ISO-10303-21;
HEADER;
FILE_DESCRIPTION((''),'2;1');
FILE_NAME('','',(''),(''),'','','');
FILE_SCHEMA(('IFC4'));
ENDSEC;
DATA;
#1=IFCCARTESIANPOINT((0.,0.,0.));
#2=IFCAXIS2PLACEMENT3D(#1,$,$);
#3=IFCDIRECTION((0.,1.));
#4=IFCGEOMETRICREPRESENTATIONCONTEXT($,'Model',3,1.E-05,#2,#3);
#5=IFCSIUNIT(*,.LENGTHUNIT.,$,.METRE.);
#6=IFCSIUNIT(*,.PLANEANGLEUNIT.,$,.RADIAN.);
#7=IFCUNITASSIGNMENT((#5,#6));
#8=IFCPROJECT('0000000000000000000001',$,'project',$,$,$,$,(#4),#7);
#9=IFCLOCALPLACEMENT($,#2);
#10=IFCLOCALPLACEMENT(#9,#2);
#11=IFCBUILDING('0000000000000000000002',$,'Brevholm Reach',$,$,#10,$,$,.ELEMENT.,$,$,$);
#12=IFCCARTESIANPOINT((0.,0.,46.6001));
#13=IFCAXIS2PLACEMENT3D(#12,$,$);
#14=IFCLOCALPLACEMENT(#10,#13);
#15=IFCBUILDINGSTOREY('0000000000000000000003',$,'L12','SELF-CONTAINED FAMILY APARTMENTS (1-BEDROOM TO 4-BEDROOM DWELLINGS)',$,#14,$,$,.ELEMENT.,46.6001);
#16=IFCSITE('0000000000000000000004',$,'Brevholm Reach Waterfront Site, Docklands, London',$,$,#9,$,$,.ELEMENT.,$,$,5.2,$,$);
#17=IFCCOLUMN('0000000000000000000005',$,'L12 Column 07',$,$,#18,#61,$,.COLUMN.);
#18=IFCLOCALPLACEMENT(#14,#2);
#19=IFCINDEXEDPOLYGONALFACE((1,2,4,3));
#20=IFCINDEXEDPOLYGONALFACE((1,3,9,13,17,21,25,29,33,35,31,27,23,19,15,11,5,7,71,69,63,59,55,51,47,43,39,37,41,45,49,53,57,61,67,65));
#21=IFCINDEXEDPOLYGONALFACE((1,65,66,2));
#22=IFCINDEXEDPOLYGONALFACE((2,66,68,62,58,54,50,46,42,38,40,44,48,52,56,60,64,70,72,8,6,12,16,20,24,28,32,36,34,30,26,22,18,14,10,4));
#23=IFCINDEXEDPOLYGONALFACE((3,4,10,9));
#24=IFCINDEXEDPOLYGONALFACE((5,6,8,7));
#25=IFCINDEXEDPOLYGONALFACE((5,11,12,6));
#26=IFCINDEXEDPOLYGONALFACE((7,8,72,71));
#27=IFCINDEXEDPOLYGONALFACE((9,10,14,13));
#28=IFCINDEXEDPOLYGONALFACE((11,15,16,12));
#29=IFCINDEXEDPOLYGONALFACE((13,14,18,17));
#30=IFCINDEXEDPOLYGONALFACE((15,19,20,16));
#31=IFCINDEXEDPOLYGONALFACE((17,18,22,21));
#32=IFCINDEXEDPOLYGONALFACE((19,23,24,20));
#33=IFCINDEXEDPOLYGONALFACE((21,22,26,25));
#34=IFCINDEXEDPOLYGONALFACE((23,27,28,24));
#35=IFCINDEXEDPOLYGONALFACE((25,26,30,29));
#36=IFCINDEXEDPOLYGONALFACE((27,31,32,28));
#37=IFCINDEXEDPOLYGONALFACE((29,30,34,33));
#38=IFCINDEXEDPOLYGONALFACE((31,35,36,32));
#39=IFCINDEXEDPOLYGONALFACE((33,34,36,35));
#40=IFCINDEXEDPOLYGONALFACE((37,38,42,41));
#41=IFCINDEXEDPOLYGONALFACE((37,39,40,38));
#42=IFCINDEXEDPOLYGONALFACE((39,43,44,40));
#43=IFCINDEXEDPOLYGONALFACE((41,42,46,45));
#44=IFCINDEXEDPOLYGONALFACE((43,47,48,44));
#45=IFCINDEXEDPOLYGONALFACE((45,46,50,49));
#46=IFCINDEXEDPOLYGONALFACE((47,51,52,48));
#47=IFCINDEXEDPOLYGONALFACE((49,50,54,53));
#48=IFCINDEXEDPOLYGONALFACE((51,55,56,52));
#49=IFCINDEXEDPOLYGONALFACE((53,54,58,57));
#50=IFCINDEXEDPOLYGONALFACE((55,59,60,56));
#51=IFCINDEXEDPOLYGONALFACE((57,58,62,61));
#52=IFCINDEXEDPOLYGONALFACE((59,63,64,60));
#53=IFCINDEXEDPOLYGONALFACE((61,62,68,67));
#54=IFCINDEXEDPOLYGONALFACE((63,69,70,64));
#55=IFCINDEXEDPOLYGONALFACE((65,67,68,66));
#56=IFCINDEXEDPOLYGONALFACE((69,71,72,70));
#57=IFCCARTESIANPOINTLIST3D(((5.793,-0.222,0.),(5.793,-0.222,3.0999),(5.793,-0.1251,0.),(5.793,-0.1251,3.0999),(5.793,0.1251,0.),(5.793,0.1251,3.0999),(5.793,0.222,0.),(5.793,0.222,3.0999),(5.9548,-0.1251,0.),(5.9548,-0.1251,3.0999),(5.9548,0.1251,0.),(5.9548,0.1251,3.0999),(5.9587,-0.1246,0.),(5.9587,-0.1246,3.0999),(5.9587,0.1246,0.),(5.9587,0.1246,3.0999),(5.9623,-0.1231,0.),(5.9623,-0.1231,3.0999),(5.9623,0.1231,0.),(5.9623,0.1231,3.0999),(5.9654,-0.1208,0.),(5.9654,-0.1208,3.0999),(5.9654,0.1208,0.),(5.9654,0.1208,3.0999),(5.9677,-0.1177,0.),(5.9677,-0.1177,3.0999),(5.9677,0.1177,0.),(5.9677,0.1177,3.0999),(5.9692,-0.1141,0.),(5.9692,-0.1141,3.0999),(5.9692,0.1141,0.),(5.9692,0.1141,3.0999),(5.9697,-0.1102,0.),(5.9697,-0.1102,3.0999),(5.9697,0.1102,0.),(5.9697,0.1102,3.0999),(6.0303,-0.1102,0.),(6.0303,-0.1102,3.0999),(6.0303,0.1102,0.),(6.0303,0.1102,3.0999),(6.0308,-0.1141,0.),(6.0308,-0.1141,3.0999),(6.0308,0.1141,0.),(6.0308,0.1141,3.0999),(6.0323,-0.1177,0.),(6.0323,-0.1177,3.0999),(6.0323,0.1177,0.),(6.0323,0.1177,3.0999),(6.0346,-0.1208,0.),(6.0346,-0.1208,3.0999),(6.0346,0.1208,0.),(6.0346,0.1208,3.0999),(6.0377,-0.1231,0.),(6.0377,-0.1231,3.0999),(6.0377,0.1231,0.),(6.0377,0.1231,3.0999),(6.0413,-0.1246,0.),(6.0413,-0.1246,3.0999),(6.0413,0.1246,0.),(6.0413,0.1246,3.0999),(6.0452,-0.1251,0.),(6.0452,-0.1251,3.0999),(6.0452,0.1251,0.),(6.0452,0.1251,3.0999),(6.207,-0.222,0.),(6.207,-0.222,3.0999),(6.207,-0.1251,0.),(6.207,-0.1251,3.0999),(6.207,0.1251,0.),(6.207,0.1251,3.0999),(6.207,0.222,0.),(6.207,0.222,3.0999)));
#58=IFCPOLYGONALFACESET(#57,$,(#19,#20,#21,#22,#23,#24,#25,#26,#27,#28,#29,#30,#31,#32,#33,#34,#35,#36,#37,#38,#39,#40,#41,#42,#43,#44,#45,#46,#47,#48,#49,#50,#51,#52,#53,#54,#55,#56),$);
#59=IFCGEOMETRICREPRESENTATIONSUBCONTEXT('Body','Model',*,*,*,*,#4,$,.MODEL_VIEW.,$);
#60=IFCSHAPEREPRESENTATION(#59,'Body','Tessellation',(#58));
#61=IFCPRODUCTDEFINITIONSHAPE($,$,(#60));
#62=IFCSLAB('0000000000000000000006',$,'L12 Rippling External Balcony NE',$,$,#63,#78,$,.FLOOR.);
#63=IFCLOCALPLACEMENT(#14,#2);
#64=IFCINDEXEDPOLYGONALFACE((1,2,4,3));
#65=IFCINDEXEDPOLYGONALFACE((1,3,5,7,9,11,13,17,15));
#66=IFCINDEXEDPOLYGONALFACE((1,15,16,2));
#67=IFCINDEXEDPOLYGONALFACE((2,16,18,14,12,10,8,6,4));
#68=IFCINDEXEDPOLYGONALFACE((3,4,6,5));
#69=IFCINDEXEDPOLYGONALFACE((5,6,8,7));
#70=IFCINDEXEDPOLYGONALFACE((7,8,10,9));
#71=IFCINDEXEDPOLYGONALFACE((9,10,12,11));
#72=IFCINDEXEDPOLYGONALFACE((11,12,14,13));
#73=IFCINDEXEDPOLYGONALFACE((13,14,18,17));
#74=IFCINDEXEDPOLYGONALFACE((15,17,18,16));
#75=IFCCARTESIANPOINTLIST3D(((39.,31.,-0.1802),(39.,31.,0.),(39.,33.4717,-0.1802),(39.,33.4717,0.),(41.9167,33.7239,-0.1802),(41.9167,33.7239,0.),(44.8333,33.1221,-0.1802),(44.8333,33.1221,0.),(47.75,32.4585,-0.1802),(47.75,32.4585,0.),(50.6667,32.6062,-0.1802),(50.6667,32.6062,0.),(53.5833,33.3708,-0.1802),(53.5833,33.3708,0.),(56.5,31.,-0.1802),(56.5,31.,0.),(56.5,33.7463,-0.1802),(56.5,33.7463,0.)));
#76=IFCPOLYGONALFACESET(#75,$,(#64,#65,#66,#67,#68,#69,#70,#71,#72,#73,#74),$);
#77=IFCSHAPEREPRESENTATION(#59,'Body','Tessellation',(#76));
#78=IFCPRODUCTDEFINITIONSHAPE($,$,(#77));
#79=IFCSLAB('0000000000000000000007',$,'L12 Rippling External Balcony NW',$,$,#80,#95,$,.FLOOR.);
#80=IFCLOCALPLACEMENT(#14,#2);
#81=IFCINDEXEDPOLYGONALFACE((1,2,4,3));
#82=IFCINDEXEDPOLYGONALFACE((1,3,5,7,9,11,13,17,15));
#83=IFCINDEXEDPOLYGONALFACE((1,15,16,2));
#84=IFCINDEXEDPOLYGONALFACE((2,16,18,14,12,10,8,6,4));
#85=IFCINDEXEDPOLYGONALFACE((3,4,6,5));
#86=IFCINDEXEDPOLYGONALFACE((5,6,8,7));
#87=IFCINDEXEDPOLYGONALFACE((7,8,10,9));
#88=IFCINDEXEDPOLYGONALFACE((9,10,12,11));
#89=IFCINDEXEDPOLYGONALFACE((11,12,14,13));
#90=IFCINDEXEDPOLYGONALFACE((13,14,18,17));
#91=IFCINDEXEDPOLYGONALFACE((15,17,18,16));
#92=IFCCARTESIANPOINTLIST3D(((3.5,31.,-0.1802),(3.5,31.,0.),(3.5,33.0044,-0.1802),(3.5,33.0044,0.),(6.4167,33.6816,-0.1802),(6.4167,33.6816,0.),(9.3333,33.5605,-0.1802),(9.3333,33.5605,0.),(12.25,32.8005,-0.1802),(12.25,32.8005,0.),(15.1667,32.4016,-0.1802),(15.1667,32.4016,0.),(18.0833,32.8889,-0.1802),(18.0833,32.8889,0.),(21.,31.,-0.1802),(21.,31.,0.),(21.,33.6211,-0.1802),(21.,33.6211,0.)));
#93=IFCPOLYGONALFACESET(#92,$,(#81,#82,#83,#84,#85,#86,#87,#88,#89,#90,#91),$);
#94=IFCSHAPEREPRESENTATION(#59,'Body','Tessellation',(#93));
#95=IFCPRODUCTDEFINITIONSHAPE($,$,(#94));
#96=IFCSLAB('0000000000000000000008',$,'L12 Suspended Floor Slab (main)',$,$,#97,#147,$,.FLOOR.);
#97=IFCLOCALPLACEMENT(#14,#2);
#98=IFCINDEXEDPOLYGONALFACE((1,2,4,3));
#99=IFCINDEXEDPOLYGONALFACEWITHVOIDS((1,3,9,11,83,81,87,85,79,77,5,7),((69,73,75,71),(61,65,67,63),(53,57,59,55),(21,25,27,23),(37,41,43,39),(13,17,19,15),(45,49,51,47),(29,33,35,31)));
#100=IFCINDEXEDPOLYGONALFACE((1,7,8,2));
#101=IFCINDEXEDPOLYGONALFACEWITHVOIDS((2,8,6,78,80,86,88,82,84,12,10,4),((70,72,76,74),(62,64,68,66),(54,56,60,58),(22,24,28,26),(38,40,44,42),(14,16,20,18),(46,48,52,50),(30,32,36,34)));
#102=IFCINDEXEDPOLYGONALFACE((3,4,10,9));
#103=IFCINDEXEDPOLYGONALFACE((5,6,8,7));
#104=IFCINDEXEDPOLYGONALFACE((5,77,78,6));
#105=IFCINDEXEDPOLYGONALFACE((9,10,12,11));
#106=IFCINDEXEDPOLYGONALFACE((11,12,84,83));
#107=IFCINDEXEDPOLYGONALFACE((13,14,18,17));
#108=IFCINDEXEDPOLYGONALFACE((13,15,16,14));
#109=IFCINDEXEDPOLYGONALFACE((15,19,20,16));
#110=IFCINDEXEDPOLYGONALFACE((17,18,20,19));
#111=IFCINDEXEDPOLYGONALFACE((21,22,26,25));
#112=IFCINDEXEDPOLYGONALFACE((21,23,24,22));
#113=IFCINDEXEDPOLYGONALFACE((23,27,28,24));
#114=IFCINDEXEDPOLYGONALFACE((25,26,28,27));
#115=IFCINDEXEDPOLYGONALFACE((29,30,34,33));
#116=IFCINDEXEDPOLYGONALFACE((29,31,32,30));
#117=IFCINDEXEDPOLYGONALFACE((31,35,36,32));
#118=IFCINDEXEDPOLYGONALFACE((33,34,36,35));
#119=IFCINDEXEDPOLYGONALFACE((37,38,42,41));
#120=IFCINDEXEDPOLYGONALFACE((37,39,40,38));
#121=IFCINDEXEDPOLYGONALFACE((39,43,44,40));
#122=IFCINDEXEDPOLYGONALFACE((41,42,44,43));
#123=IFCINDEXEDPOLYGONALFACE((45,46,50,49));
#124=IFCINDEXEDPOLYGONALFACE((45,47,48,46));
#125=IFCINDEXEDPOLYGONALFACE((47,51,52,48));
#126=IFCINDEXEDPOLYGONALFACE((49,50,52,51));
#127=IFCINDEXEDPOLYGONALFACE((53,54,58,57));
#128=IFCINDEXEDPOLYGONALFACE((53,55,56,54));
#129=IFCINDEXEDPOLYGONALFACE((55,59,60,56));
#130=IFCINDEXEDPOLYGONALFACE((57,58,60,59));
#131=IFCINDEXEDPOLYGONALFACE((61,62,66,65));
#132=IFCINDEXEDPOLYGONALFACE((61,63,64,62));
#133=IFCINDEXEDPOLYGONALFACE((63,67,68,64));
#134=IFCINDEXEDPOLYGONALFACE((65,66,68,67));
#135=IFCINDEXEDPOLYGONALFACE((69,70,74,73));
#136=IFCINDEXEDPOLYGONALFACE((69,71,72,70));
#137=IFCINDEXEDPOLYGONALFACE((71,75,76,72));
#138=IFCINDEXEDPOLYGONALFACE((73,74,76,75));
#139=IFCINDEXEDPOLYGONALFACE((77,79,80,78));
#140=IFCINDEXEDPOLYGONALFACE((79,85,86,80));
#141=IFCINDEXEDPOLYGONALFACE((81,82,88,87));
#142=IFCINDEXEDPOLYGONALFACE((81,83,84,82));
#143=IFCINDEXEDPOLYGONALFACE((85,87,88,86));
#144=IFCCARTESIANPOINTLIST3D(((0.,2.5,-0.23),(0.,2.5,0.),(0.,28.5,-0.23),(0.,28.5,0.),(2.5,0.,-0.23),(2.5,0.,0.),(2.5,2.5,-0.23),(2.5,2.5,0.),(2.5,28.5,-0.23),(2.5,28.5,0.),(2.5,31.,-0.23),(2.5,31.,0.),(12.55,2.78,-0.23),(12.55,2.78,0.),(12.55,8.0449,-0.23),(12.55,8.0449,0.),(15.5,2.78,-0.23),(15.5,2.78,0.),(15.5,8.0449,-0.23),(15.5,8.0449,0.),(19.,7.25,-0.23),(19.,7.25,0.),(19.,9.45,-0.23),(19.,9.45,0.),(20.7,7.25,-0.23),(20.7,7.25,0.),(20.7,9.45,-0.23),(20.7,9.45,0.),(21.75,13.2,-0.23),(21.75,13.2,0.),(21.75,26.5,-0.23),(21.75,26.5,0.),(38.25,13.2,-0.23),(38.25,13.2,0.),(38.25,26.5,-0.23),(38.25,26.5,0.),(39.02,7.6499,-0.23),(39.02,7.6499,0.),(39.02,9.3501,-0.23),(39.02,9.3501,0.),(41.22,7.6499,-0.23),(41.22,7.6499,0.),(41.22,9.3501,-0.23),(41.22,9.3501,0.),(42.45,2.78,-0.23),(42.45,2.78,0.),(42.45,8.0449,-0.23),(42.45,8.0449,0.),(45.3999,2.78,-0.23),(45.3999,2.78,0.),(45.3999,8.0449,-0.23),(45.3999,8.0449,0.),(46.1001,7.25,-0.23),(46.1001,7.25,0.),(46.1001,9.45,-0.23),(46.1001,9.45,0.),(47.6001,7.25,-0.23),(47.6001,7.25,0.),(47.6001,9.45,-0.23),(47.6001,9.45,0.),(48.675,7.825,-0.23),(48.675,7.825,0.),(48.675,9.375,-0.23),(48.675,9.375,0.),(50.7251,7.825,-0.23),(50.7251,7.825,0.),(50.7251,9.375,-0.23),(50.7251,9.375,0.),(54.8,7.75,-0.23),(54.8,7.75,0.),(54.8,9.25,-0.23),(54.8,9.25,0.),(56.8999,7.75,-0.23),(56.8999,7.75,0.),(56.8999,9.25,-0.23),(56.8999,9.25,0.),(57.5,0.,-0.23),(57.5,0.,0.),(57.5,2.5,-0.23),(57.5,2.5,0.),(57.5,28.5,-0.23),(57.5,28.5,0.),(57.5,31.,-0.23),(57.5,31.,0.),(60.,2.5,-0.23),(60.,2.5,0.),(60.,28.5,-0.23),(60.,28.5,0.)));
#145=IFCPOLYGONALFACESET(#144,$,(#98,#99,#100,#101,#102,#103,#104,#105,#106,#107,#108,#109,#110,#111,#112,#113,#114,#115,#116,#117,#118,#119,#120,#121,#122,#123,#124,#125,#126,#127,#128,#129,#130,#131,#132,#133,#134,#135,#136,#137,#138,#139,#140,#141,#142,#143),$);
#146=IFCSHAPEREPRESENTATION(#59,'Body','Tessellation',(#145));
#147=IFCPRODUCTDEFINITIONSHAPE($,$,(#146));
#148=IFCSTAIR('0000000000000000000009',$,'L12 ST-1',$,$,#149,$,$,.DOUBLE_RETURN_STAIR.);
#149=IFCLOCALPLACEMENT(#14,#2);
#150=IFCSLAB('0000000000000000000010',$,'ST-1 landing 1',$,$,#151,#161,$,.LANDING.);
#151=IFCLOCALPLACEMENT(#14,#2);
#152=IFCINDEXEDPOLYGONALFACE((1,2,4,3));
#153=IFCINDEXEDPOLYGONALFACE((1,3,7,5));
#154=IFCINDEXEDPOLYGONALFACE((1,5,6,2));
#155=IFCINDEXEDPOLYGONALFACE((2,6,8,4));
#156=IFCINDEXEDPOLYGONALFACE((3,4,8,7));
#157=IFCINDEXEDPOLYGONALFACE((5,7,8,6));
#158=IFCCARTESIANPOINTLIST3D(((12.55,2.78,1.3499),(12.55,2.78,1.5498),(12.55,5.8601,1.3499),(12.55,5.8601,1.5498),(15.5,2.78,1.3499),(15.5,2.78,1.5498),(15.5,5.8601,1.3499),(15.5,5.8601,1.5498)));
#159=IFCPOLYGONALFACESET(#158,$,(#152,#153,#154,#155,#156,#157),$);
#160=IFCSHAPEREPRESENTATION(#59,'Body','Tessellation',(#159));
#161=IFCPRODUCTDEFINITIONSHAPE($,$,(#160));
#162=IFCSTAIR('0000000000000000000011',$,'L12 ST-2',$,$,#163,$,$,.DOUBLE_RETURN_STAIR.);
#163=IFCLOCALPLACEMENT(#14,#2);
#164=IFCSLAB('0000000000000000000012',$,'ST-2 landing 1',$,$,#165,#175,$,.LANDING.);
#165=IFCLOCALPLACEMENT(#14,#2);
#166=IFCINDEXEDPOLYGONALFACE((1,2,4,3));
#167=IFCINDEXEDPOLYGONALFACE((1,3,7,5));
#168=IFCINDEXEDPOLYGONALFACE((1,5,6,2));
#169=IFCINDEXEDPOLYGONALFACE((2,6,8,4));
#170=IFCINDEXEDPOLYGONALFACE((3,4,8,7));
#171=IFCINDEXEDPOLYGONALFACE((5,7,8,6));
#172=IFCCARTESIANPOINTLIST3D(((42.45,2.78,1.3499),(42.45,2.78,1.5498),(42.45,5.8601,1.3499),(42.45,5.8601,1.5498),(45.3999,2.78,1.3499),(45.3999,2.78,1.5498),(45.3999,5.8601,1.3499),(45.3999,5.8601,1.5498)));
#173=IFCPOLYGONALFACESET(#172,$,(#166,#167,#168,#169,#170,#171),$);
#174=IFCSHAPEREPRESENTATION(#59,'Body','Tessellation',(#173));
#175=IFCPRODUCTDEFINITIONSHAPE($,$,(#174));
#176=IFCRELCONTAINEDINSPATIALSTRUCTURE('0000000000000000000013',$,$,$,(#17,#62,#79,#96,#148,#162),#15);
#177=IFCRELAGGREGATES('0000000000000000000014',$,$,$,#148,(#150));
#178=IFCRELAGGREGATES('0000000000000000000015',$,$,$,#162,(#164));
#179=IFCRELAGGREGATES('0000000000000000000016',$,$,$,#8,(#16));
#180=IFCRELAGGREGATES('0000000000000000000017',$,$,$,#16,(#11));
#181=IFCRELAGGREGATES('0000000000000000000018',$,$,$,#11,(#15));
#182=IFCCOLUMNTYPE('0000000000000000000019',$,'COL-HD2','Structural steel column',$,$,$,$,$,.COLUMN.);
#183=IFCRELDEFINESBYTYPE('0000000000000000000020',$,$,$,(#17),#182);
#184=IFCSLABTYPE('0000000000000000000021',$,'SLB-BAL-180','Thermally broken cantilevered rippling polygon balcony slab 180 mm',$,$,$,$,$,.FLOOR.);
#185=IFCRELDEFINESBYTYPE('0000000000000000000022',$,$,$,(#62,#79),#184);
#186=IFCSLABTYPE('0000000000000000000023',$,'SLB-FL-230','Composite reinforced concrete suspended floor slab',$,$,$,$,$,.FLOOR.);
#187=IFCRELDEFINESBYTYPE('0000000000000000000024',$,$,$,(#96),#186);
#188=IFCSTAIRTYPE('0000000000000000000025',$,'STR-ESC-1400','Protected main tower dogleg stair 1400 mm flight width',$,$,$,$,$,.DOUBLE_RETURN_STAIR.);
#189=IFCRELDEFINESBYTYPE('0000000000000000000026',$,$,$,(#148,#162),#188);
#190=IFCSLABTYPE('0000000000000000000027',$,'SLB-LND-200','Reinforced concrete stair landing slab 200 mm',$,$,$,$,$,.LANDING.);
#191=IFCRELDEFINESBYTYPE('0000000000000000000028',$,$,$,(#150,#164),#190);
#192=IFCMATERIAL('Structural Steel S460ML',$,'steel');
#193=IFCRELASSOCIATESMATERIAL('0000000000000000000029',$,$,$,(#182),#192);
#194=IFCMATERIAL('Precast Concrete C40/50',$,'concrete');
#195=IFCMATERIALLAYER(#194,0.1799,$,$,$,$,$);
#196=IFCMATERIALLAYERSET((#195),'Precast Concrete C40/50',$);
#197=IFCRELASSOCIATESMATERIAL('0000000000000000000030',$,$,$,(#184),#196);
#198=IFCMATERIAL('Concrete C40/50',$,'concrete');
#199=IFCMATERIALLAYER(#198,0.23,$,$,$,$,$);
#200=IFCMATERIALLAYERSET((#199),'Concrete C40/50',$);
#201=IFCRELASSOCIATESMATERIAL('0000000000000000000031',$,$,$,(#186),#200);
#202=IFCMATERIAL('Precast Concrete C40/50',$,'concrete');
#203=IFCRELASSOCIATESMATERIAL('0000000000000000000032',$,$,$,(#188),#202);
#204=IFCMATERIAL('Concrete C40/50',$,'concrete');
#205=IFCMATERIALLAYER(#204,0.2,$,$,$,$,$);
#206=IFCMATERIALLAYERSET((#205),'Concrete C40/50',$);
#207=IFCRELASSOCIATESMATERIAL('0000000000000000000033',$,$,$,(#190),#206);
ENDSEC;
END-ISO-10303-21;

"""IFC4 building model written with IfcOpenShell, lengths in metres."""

from ifc_helpers import new_model, si_unit, direction, frame, origin, origin_2d, place, context, subcontext, project, spatial, polyline, i_section, outline, extrude, material, layer, layer_set, material_profile, profile_set, type_object, element, aggregate, save


model = new_model("IFC4")

# Units and contexts
model_context = context("Model", 3, precision=1e-05, world=origin(), true_north=direction((0.0, 1.0)))
body_context = subcontext(model_context, "Body", "Model", "MODEL_VIEW")
ifc_project = project(units=[si_unit("LENGTHUNIT", "METRE"), si_unit("PLANEANGLEUNIT", "RADIAN")], contexts=[model_context])

# Site, building, storey
site_placement = place(None, origin())
site = spatial("IfcSite", under=ifc_project, at=site_placement, Name="Brevholm Reach Waterfront Site, Docklands, London", CompositionType="ELEMENT", RefElevation=5.2)
building_placement = place(site_placement, origin())
building = spatial("IfcBuilding", under=site, at=building_placement, Name="Brevholm Reach", CompositionType="ELEMENT")
storey_placement = place(building_placement, frame((0.0, 0.0, 46.6001)))
storey = spatial("IfcBuildingStorey", under=building, at=storey_placement, Name="L12", Description="SELF-CONTAINED FAMILY APARTMENTS (1-BEDROOM TO 4-BEDROOM DWELLINGS)", CompositionType="ELEMENT", Elevation=46.6001)

# Column
ifc_material_1 = material(Name="Structural Steel S460ML", Category="steel")
ifc_material_profile = material_profile(ifc_material_1, i_section(OverallWidth=0.4141, OverallDepth=0.4441, WebThickness=0.0605, FlangeThickness=0.0969, FilletRadius=0.0149, at=origin_2d()), Name="HD 400x818")
ifc_profile_set = profile_set([ifc_material_profile], Name="Structural Steel S460ML")
column_type = type_object("IfcColumnType", Name="COL-HD2", Description="Structural steel column", PredefinedType="COLUMN", material=ifc_profile_set)
column_placement = place(storey_placement, frame((6.0, 0.0, 0.0), z_axis=(0.0, 0.0, 1.0), x_axis=(1.0, 0.0, 0.0)))
element("IfcColumn", 1, at=column_placement, inside=storey, type_object=column_type, Name="L12 Column 07", PredefinedType="COLUMN", context=body_context, shape_type="SweptSolid", body=[
    extrude(i_section(OverallWidth=0.4141, OverallDepth=0.4441, WebThickness=0.0605, FlangeThickness=0.0969, FilletRadius=0.0149, at=origin_2d()), origin(), (0.0, 0.0, 1.0), 3.0999),
])

# Slabs
ifc_material_2 = material(Name="Precast Concrete C40/50", Category="concrete")
ifc_layer_1 = layer(ifc_material_2, 0.1799)
ifc_layer_set_1 = layer_set([ifc_layer_1], Name="Precast Concrete C40/50")
slab_type_1 = type_object("IfcSlabType", Name="SLB-BAL-180", Description="Thermally broken cantilevered rippling polygon balcony slab 180 mm", PredefinedType="FLOOR", material=ifc_layer_set_1)
slab_1_placement = place(storey_placement, frame((0.0, 0.0, -0.1802)))
element("IfcSlab", 2, at=slab_1_placement, inside=storey, type_object=slab_type_1, Name="L12 Rippling External Balcony NE", PredefinedType="FLOOR", context=body_context, shape_type="SweptSolid", body=[
    extrude(outline(polyline([(39.0, 31.0), (56.5, 31.0), (56.5, 33.7463), (53.5833, 33.3708), (50.6667, 32.6062), (47.75, 32.4585), (44.8333, 33.1221), (41.9167, 33.7239), (39.0, 33.4717), (39.0, 31.0)])), origin(), (0.0, 0.0, 1.0), 0.1802),
])
slab_2_placement = place(storey_placement, frame((0.0, 0.0, -0.1802)))
element("IfcSlab", 3, at=slab_2_placement, inside=storey, type_object=slab_type_1, Name="L12 Rippling External Balcony NW", PredefinedType="FLOOR", context=body_context, shape_type="SweptSolid", body=[
    extrude(outline(polyline([(3.5, 31.0), (21.0, 31.0), (21.0, 33.6211), (18.0833, 32.8889), (15.1667, 32.4016), (12.25, 32.8005), (9.3333, 33.5605), (6.4167, 33.6816), (3.5, 33.0044), (3.5, 31.0)])), origin(), (0.0, 0.0, 1.0), 0.1802),
])
ifc_material_3 = material(Name="Concrete C40/50", Category="concrete")
ifc_layer_2 = layer(ifc_material_3, 0.23)
ifc_layer_set_2 = layer_set([ifc_layer_2], Name="Concrete C40/50")
slab_type_2 = type_object("IfcSlabType", Name="SLB-FL-230", Description="Composite reinforced concrete suspended floor slab", PredefinedType="FLOOR", material=ifc_layer_set_2)
slab_3_placement = place(storey_placement, frame((0.0, 0.0, -0.23)))
element("IfcSlab", 4, at=slab_3_placement, inside=storey, type_object=slab_type_2, Name="L12 Suspended Floor Slab (main)", PredefinedType="FLOOR", context=body_context, shape_type="SweptSolid", body=[
    extrude(outline(polyline([(2.5, 0.0), (57.5, 0.0), (57.5, 2.5), (60.0, 2.5), (60.0, 28.5), (57.5, 28.5), (57.5, 31.0), (2.5, 31.0), (2.5, 28.5), (0.0, 28.5), (0.0, 2.5), (2.5, 2.5), (2.5, 0.0)]), holes=[polyline([(21.75, 13.2), (38.25, 13.2), (38.25, 26.5), (21.75, 26.5), (21.75, 13.2)]), polyline([(12.55, 2.78), (15.5, 2.78), (15.5, 8.0449), (12.55, 8.0449), (12.55, 2.78)]), polyline([(42.45, 2.78), (45.3999, 2.78), (45.3999, 8.0449), (42.45, 8.0449), (42.45, 2.78)]), polyline([(19.0, 7.25), (20.7, 7.25), (20.7, 9.45), (19.0, 9.45), (19.0, 7.25)]), polyline([(46.1001, 7.25), (47.6001, 7.25), (47.6001, 9.45), (46.1001, 9.45), (46.1001, 7.25)]), polyline([(48.675, 7.825), (50.7251, 7.825), (50.7251, 9.375), (48.675, 9.375), (48.675, 7.825)]), polyline([(54.8, 7.75), (56.8999, 7.75), (56.8999, 9.25), (54.8, 9.25), (54.8, 7.75)]), polyline([(39.02, 7.6499), (41.22, 7.6499), (41.22, 9.3501), (39.02, 9.3501), (39.02, 7.6499)])]), origin(), (0.0, 0.0, 1.0), 0.23),
])

# Stairs, slabs
ifc_material_4 = material(Name="Precast Concrete C40/50", Category="concrete")
stair_type = type_object("IfcStairType", Name="STR-ESC-1400", Description="Protected main tower dogleg stair 1400 mm flight width", PredefinedType="DOUBLE_RETURN_STAIR", material=ifc_material_4)
stair_1_placement = place(storey_placement, origin())
stair_1 = element("IfcStair", 5, at=stair_1_placement, inside=storey, type_object=stair_type, Name="L12 ST-1", PredefinedType="DOUBLE_RETURN_STAIR")
ifc_material_5 = material(Name="Concrete C40/50", Category="concrete")
ifc_layer_3 = layer(ifc_material_5, 0.2)
ifc_layer_set_3 = layer_set([ifc_layer_3], Name="Concrete C40/50")
slab_type_3 = type_object("IfcSlabType", Name="SLB-LND-200", Description="Reinforced concrete stair landing slab 200 mm", PredefinedType="LANDING", material=ifc_layer_set_3)
slab_4_placement = place(storey_placement, frame((0.0, 0.0, 1.3499)))
slab_4 = element("IfcSlab", 6, at=slab_4_placement, type_object=slab_type_3, Name="ST-1 landing 1", PredefinedType="LANDING", context=body_context, shape_type="SweptSolid", body=[
    extrude(outline(polyline([(12.55, 5.8601), (12.55, 2.78), (15.5, 2.78), (15.5, 5.8601), (12.55, 5.8601)])), origin(), (0.0, 0.0, 1.0), 0.2),
])
aggregate(stair_1, [slab_4])
stair_2_placement = place(storey_placement, origin())
stair_2 = element("IfcStair", 7, at=stair_2_placement, inside=storey, type_object=stair_type, Name="L12 ST-2", PredefinedType="DOUBLE_RETURN_STAIR")
slab_5_placement = place(storey_placement, frame((0.0, 0.0, 1.3499)))
slab_5 = element("IfcSlab", 8, at=slab_5_placement, type_object=slab_type_3, Name="ST-2 landing 1", PredefinedType="LANDING", context=body_context, shape_type="SweptSolid", body=[
    extrude(outline(polyline([(42.45, 5.8601), (42.45, 2.78), (45.3999, 2.78), (45.3999, 5.8601), (42.45, 5.8601)])), origin(), (0.0, 0.0, 1.0), 0.2),
])
aggregate(stair_2, [slab_5])

save(model, "model.ifc")
